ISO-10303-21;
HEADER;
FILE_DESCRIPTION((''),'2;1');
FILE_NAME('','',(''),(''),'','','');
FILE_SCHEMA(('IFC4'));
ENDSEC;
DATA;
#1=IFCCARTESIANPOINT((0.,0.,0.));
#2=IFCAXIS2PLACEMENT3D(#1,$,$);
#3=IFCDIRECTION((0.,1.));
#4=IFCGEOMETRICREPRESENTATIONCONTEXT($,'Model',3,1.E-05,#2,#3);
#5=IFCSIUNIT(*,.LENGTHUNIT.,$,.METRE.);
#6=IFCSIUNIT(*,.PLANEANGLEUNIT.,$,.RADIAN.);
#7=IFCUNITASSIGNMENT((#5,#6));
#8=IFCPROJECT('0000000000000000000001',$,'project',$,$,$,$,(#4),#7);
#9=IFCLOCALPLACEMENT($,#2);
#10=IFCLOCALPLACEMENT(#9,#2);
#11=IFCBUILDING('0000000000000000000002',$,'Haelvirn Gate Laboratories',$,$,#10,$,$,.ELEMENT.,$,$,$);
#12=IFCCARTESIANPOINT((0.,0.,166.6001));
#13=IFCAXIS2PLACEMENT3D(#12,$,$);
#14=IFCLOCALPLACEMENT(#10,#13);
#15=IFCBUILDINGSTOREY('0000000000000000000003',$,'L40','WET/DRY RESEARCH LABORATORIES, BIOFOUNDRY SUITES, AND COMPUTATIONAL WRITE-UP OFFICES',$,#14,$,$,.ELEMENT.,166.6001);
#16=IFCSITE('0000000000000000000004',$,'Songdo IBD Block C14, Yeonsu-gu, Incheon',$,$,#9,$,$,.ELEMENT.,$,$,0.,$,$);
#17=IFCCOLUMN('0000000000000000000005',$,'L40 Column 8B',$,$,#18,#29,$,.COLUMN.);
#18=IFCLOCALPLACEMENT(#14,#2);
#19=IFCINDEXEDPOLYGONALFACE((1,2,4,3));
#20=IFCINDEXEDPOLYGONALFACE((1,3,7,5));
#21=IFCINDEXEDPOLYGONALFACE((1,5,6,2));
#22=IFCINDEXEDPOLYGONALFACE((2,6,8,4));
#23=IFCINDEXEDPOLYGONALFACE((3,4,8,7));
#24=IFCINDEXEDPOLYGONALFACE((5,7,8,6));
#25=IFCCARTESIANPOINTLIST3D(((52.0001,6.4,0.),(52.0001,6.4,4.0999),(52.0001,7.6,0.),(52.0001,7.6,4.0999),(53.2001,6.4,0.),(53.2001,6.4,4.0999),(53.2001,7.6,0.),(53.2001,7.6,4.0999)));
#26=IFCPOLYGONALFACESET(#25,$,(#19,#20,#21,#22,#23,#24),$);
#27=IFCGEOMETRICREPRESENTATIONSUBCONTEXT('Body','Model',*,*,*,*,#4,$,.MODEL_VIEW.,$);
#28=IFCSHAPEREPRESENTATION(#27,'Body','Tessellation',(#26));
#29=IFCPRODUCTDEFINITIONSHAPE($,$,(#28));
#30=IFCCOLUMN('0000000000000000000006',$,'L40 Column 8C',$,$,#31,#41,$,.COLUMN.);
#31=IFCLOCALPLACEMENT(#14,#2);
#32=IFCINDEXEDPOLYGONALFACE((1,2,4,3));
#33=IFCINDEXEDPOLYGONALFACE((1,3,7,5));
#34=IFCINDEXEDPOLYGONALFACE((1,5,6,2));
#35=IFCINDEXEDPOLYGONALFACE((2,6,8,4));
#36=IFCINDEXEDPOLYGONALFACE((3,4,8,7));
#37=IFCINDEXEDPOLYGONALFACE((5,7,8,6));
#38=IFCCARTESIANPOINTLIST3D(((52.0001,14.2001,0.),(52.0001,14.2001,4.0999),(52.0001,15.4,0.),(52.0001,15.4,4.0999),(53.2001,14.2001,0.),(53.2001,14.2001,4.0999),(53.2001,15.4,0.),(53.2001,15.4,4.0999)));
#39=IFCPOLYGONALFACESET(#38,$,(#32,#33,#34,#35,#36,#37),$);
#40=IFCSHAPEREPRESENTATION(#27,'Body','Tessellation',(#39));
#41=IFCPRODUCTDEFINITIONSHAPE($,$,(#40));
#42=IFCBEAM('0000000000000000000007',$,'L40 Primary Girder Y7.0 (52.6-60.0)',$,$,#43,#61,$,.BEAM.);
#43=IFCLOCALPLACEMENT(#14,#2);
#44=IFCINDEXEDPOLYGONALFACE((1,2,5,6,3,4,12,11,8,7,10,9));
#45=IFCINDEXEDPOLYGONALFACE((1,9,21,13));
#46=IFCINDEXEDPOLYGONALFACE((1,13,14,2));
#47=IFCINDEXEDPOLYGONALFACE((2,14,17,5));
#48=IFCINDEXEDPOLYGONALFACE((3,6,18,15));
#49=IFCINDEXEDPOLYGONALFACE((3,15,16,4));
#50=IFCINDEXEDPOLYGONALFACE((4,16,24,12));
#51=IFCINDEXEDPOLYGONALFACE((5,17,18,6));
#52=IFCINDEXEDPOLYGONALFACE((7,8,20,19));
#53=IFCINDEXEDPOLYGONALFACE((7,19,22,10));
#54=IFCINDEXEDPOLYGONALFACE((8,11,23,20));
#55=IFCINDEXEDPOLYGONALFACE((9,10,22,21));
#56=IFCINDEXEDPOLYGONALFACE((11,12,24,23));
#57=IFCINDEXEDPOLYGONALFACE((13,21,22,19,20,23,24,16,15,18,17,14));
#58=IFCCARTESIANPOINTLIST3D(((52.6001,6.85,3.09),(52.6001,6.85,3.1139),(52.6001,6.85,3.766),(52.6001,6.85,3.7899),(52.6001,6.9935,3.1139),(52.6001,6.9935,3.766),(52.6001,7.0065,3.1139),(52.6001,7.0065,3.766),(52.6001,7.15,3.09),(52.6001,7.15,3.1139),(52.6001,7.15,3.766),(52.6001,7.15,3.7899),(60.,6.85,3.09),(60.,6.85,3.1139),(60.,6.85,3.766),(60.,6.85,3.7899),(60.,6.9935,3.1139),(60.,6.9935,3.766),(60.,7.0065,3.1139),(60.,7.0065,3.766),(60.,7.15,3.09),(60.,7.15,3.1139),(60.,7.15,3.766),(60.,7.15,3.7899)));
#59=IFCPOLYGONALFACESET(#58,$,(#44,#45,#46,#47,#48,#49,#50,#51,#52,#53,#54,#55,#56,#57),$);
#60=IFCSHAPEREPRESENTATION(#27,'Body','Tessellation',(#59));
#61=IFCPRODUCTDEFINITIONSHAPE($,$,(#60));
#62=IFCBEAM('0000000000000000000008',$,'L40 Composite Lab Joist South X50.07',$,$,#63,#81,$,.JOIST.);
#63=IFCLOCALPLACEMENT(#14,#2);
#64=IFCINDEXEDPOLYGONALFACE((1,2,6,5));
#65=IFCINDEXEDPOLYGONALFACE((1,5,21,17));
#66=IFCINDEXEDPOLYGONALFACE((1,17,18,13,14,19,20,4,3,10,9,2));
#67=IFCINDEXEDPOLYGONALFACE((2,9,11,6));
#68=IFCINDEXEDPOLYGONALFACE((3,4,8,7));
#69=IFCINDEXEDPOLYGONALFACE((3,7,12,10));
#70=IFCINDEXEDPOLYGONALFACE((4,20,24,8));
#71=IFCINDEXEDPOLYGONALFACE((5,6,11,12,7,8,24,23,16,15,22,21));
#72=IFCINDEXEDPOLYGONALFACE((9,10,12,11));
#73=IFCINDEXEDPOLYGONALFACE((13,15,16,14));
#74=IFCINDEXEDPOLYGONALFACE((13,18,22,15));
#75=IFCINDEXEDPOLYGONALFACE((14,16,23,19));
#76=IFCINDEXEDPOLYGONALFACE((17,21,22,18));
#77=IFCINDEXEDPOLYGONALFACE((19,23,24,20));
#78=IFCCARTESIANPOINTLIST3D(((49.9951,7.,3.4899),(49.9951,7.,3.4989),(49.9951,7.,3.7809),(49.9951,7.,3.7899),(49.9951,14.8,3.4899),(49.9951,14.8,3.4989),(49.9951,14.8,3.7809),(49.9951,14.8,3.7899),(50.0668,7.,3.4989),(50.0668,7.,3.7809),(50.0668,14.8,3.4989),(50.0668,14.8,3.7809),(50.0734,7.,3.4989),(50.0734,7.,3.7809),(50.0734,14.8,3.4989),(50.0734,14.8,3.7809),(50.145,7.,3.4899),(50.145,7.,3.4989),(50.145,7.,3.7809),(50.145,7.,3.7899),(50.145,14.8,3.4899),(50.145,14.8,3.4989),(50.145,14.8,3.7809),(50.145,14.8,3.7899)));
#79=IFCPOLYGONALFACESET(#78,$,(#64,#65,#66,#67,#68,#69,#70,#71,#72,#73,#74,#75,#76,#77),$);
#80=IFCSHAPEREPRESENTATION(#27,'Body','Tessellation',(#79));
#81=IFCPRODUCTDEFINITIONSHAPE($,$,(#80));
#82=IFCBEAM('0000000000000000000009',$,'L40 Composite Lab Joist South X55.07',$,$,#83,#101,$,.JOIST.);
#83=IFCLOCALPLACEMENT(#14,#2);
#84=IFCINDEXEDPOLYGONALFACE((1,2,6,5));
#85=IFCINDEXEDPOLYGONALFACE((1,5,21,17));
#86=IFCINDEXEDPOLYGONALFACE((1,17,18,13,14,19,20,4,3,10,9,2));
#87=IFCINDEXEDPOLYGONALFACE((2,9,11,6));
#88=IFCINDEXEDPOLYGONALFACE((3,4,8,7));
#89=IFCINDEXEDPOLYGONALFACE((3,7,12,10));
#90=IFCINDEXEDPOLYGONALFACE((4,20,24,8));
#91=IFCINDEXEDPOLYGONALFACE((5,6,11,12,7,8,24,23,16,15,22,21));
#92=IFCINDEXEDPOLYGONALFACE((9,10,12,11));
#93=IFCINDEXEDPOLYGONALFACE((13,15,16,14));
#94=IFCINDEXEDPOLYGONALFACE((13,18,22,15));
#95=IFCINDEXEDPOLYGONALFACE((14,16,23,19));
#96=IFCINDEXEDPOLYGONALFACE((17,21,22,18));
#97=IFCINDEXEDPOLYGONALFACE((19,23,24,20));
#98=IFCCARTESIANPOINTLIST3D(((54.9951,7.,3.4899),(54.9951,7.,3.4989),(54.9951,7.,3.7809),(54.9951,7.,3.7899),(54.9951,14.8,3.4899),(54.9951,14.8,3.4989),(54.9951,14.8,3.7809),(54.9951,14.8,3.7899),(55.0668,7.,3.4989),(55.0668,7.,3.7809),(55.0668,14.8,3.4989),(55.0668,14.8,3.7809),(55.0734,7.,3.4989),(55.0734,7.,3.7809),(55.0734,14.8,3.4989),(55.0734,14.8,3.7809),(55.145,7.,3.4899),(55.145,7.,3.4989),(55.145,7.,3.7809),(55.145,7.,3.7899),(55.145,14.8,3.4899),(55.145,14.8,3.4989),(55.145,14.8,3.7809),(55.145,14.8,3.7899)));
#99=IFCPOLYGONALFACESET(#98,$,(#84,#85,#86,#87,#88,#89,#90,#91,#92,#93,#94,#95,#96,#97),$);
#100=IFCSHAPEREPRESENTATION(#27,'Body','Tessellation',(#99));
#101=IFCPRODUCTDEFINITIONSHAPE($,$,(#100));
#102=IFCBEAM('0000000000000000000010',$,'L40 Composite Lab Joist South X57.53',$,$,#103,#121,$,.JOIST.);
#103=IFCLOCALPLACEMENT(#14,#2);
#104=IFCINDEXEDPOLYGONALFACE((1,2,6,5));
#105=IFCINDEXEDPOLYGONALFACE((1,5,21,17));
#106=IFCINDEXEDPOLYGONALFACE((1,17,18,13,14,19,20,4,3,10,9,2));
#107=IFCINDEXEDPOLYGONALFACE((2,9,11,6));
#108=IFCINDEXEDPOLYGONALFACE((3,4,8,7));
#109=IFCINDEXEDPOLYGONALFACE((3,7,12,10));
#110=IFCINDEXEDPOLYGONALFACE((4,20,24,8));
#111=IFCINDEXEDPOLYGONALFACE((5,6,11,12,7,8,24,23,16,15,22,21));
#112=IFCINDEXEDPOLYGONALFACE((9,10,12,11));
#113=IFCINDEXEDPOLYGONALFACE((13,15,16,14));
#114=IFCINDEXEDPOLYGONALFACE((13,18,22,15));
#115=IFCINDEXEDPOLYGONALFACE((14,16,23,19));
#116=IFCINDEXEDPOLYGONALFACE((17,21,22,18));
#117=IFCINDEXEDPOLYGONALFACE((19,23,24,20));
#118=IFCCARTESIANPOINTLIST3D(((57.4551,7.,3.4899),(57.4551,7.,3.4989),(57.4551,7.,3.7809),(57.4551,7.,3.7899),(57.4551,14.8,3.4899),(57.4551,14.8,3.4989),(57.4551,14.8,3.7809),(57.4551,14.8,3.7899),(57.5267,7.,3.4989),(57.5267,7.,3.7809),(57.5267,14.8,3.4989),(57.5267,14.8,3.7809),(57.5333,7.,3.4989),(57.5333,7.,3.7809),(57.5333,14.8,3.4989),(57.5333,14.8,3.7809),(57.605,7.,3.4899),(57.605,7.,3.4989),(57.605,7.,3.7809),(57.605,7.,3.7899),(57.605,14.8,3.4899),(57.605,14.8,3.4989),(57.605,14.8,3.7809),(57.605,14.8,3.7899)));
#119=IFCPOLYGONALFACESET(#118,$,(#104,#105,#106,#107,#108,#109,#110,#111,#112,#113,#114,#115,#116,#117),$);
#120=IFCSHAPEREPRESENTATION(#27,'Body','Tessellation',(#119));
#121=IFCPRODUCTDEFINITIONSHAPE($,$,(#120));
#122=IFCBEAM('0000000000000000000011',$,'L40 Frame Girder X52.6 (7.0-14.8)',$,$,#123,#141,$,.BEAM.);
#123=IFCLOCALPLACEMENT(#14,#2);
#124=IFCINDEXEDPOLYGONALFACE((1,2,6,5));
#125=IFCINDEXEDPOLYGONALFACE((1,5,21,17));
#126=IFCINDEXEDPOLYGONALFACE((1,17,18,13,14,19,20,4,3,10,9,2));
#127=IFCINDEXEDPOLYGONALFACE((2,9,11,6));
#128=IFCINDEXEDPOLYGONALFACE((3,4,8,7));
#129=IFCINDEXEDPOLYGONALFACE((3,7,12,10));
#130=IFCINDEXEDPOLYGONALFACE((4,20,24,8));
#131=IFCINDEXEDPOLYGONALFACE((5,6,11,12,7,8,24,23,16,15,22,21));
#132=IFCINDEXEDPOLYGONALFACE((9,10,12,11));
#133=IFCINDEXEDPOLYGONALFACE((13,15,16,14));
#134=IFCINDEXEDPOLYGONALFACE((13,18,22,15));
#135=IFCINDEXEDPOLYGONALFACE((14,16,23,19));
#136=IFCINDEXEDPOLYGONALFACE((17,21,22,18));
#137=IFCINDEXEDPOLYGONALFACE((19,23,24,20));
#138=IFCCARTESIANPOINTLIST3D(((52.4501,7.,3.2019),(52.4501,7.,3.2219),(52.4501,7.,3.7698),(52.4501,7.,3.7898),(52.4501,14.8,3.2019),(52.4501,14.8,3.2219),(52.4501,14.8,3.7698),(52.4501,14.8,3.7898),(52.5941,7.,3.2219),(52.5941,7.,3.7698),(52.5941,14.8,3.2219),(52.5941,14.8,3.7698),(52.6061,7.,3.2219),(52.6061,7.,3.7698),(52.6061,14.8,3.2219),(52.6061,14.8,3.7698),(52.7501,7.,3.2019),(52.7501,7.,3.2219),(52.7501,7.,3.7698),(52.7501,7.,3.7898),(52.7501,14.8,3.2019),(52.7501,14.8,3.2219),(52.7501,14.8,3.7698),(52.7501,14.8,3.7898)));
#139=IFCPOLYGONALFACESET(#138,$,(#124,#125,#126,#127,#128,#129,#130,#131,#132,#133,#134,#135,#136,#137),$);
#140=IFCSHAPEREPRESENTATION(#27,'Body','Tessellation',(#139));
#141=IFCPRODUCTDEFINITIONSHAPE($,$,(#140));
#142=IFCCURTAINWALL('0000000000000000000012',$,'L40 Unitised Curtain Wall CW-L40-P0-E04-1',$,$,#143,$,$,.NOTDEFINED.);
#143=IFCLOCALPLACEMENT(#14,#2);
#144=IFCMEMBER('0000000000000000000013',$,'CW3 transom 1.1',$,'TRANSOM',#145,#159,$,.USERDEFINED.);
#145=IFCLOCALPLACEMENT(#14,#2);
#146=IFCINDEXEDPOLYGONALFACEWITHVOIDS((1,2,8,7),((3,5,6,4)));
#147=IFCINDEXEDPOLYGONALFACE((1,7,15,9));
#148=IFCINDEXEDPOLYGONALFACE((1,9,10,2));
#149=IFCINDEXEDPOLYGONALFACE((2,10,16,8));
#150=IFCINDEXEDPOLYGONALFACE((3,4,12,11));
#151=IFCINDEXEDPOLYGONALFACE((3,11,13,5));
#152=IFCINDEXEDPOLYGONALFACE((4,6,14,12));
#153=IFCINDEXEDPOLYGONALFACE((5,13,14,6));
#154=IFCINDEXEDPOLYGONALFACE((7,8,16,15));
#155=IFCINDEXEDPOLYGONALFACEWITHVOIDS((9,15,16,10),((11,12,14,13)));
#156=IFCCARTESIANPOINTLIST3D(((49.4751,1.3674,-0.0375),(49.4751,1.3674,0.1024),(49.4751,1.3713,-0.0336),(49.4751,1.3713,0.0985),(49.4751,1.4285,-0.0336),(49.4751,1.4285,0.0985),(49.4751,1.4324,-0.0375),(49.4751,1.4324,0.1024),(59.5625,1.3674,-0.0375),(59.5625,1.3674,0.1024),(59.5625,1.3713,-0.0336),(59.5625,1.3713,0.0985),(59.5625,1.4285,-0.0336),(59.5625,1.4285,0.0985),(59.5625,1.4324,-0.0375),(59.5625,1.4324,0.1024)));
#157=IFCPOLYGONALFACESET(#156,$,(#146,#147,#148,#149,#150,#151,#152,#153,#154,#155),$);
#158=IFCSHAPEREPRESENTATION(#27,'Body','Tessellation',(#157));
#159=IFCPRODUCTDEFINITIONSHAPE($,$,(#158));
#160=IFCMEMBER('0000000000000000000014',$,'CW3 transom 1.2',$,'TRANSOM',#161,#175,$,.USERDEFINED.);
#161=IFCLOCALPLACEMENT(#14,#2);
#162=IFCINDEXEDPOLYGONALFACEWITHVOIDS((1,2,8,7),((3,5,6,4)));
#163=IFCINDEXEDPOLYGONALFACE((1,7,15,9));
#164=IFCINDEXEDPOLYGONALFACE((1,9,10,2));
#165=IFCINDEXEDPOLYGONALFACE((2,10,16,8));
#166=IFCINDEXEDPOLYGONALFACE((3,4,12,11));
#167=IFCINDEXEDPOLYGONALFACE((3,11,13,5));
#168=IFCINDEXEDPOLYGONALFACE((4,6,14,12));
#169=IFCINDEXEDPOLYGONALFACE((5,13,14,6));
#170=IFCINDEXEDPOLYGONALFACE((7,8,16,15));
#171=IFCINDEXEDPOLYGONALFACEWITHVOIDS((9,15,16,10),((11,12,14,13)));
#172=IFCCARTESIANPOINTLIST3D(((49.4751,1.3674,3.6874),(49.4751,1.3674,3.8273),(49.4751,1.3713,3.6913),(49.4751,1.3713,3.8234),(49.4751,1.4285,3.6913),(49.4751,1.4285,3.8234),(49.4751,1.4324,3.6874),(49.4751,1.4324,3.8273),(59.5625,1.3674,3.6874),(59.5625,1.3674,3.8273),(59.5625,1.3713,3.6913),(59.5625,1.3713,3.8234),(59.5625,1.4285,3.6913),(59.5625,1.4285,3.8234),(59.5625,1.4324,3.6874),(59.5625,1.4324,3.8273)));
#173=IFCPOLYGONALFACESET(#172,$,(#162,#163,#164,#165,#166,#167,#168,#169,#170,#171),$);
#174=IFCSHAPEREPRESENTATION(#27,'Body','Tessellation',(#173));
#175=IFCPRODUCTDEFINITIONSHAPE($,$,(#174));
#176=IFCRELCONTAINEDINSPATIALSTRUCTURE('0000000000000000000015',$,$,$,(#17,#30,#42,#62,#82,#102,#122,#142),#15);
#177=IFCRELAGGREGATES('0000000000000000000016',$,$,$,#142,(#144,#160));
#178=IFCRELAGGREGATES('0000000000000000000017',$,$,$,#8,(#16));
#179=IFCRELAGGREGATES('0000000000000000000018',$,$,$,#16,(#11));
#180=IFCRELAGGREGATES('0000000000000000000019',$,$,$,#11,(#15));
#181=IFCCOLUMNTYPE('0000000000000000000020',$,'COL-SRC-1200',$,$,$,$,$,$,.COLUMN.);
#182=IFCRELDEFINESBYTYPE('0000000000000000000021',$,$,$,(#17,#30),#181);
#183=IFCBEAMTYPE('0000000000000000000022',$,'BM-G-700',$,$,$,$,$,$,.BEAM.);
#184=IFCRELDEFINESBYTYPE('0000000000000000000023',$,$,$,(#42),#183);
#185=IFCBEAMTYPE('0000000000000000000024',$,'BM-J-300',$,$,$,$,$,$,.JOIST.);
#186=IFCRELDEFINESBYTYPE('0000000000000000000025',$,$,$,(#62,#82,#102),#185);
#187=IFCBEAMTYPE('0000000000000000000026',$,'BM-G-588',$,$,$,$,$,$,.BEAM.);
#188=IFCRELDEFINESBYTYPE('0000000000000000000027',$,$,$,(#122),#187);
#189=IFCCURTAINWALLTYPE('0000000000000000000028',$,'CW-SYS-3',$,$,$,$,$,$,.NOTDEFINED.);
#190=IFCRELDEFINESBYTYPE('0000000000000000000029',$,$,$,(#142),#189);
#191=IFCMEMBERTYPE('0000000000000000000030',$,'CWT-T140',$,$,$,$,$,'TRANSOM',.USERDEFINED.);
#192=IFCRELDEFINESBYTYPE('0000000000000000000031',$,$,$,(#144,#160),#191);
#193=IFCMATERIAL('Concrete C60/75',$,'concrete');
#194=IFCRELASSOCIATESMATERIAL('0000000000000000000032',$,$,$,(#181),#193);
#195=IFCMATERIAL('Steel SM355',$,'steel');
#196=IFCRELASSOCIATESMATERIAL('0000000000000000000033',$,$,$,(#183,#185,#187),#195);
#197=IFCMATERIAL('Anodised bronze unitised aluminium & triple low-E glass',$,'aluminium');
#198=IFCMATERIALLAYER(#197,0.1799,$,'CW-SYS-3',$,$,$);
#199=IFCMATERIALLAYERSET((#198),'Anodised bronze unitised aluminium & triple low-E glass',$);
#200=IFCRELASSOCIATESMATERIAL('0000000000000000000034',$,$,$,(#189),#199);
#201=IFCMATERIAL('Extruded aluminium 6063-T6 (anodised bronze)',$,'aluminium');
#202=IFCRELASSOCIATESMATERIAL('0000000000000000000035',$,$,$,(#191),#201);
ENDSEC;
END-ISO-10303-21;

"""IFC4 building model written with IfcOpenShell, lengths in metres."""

from ifc_helpers import new_model, si_unit, direction, frame, origin, origin_2d, place, context, subcontext, project, spatial, rectangle, hollow_rectangle, i_section, extrude, source, transform, mapped, material, layer, layer_set, material_profile, profile_set, type_object, type_shapes, element, aggregate, save


model = new_model("IFC4")

# Units and contexts
model_context = context("Model", 3, precision=1e-05, world=origin(), true_north=direction((0.0, 1.0)))
body_context = subcontext(model_context, "Body", "Model", "MODEL_VIEW")
ifc_project = project(units=[si_unit("LENGTHUNIT", "METRE"), si_unit("PLANEANGLEUNIT", "RADIAN")], contexts=[model_context])

# Site, building, storey
site_placement = place(None, origin())
site = spatial("IfcSite", under=ifc_project, at=site_placement, Name="Songdo IBD Block C14, Yeonsu-gu, Incheon", CompositionType="ELEMENT", RefElevation=0.0)
building_placement = place(site_placement, origin())
building = spatial("IfcBuilding", under=site, at=building_placement, Name="Haelvirn Gate Laboratories", CompositionType="ELEMENT")
storey_placement = place(building_placement, frame((0.0, 0.0, 166.6001)))
storey = spatial("IfcBuildingStorey", under=building, at=storey_placement, Name="L40", Description="WET/DRY RESEARCH LABORATORIES, BIOFOUNDRY SUITES, AND COMPUTATIONAL WRITE-UP OFFICES", CompositionType="ELEMENT", Elevation=166.6001)

# Columns
ifc_material_1 = material(Name="Concrete C60/75", Category="concrete")
ifc_material_profile_1 = material_profile(ifc_material_1, rectangle(XDim=1.2, YDim=1.2, at=origin_2d()), Name="SRC-1200x1200")
ifc_profile_set_1 = profile_set([ifc_material_profile_1], Name="Concrete C60/75")
column_type = type_object("IfcColumnType", Name="COL-SRC-1200", PredefinedType="COLUMN", material=ifc_profile_set_1)
shared_shape_1 = source(origin(), body_context, "Body", "SweptSolid", [
    extrude(rectangle(XDim=1.2, YDim=1.2, at=origin_2d()), origin(), (0.0, 0.0, 1.0), 4.0999),
])
type_shapes(column_type, [shared_shape_1])
for number, where, z_axis, x_axis, name in (
    (1, (52.6001, 7.0, 0.0), (0.0, 0.0, 1.0), (1.0, 0.0, 0.0), "L40 Column 8B"),
    (2, (52.6001, 14.8, 0.0), (0.0, 0.0, 1.0), (1.0, 0.0, 0.0), "L40 Column 8C"),
):
    element("IfcColumn", number, at=place(storey_placement, frame(where, z_axis=z_axis, x_axis=x_axis)), inside=storey, type_object=column_type, Name=name, PredefinedType="COLUMN", context=body_context, shape_type="MappedRepresentation", body=[
        mapped(shared_shape_1, transform((0.0, 0.0, 0.0), scale=1.0)),
    ])

# Beams
ifc_material_2 = material(Name="Steel SM355", Category="steel")
ifc_material_profile_2 = material_profile(ifc_material_2, i_section(OverallWidth=0.3, OverallDepth=0.7, WebThickness=0.0129, FlangeThickness=0.0239, at=origin_2d()), Name="H-700x300x13x24")
ifc_profile_set_2 = profile_set([ifc_material_profile_2], Name="Steel SM355")
beam_type_1 = type_object("IfcBeamType", Name="BM-G-700", PredefinedType="BEAM", material=ifc_profile_set_2)
shared_shape_2 = source(origin(), body_context, "Body", "SweptSolid", [
    extrude(i_section(OverallWidth=0.3, OverallDepth=0.7, WebThickness=0.0129, FlangeThickness=0.0239, at=origin_2d()), origin(), (0.0, 0.0, 1.0), 7.3999),
])
type_shapes(beam_type_1, [shared_shape_2])
beam_1_placement = place(storey_placement, frame((52.6001, 7.0, 3.4399), z_axis=(1.0, 0.0, 0.0), x_axis=(0.0, 1.0, 0.0)))
element("IfcBeam", 3, at=beam_1_placement, inside=storey, type_object=beam_type_1, Name="L40 Primary Girder Y7.0 (52.6-60.0)", PredefinedType="BEAM", context=body_context, shape_type="MappedRepresentation", body=[
    mapped(shared_shape_2, transform((0.0, 0.0, 0.0), scale=1.0)),
])
ifc_material_profile_3 = material_profile(ifc_material_2, i_section(OverallWidth=0.1499, OverallDepth=0.3, WebThickness=0.0066, FlangeThickness=0.009, at=origin_2d()), Name="H-300x150x6.5x9")
ifc_profile_set_3 = profile_set([ifc_material_profile_3], Name="Steel SM355")
beam_type_2 = type_object("IfcBeamType", Name="BM-J-300", PredefinedType="JOIST", material=ifc_profile_set_3)
shared_shape_3 = source(origin(), body_context, "Body", "SweptSolid", [
    extrude(i_section(OverallWidth=0.1499, OverallDepth=0.3, WebThickness=0.0066, FlangeThickness=0.009, at=origin_2d()), origin(), (0.0, 0.0, 1.0), 7.8),
])
type_shapes(beam_type_2, [shared_shape_3])
for number, where, z_axis, x_axis, name in (
    (4, (50.0701, 7.0, 3.6399), (0.0, 1.0, 0.0), (-1.0, 0.0, 0.0), "L40 Composite Lab Joist South X50.07"),
    (5, (55.0701, 7.0, 3.6399), (0.0, 1.0, 0.0), (-1.0, 0.0, 0.0), "L40 Composite Lab Joist South X55.07"),
    (6, (57.53, 7.0, 3.6399), (0.0, 1.0, 0.0), (-1.0, 0.0, 0.0), "L40 Composite Lab Joist South X57.53"),
):
    element("IfcBeam", number, at=place(storey_placement, frame(where, z_axis=z_axis, x_axis=x_axis)), inside=storey, type_object=beam_type_2, Name=name, PredefinedType="JOIST", context=body_context, shape_type="MappedRepresentation", body=[
        mapped(shared_shape_3, transform((0.0, 0.0, 0.0), scale=1.0)),
    ])
ifc_material_profile_4 = material_profile(ifc_material_2, i_section(OverallWidth=0.3, OverallDepth=0.5879, WebThickness=0.012, FlangeThickness=0.02, at=origin_2d()), Name="H-588x300x12x20")
ifc_profile_set_4 = profile_set([ifc_material_profile_4], Name="Steel SM355")
beam_type_3 = type_object("IfcBeamType", Name="BM-G-588", PredefinedType="BEAM", material=ifc_profile_set_4)
shared_shape_4 = source(origin(), body_context, "Body", "SweptSolid", [
    extrude(i_section(OverallWidth=0.3, OverallDepth=0.5879, WebThickness=0.012, FlangeThickness=0.02, at=origin_2d()), origin(), (0.0, 0.0, 1.0), 7.8),
])
type_shapes(beam_type_3, [shared_shape_4])
beam_2_placement = place(storey_placement, frame((52.6001, 7.0, 3.4958), z_axis=(0.0, 1.0, 0.0), x_axis=(-1.0, 0.0, 0.0)))
element("IfcBeam", 7, at=beam_2_placement, inside=storey, type_object=beam_type_3, Name="L40 Frame Girder X52.6 (7.0-14.8)", PredefinedType="BEAM", context=body_context, shape_type="MappedRepresentation", body=[
    mapped(shared_shape_4, transform((0.0, 0.0, 0.0), scale=1.0)),
])

# Curtain wall, members
ifc_material_3 = material(Name="Anodised bronze unitised aluminium & triple low-E glass", Category="aluminium")
ifc_layer_1 = layer(ifc_material_3, 0.1799, Name="CW-SYS-3")
ifc_layer_set_1 = layer_set([ifc_layer_1], Name="Anodised bronze unitised aluminium & triple low-E glass")
curtain_wall_type = type_object("IfcCurtainWallType", Name="CW-SYS-3", PredefinedType="NOTDEFINED", material=ifc_layer_set_1)
curtain_wall_1_placement = place(storey_placement, origin())
curtain_wall_1 = element("IfcCurtainWall", 8, at=curtain_wall_1_placement, inside=storey, type_object=curtain_wall_type, Name="L40 Unitised Curtain Wall CW-L40-P0-E04-1", PredefinedType="NOTDEFINED")
ifc_material_4 = material(Name="Extruded aluminium 6063-T6 (anodised bronze)", Category="aluminium")
ifc_material_profile_5 = material_profile(ifc_material_4, hollow_rectangle(XDim=0.0649, YDim=0.1399, WallThickness=0.0039, at=origin_2d()), Name="CWT-140x65x4")
ifc_profile_set_5 = profile_set([ifc_material_profile_5], Name="Extruded aluminium 6063-T6 (anodised bronze)")
member_type_1 = type_object("IfcMemberType", Name="CWT-T140", ElementType="TRANSOM", PredefinedType="USERDEFINED", material=ifc_profile_set_5)
shared_shape_5 = source(origin(), body_context, "Body", "SweptSolid", [
    extrude(hollow_rectangle(XDim=0.0649, YDim=0.1399, WallThickness=0.0039, at=origin_2d()), origin(), (0.0, 0.0, 1.0), 10.0874),
])
type_shapes(member_type_1, [shared_shape_5])
member_1_placement = place(storey_placement, frame((49.4751, 1.3999, 0.0325), z_axis=(1.0, 0.0, 0.0), x_axis=(0.0, 1.0, 0.0)))
member_1 = element("IfcMember", 9, at=member_1_placement, type_object=member_type_1, Name="CW3 transom 1.1", ObjectType="TRANSOM", PredefinedType="USERDEFINED", context=body_context, shape_type="MappedRepresentation", body=[
    mapped(shared_shape_5, transform((0.0, 0.0, 0.0), scale=1.0)),
])
member_2_placement = place(storey_placement, frame((49.4751, 1.3999, 3.7573), z_axis=(1.0, 0.0, 0.0), x_axis=(0.0, 1.0, 0.0)))
member_2 = element("IfcMember", 10, at=member_2_placement, type_object=member_type_1, Name="CW3 transom 1.2", ObjectType="TRANSOM", PredefinedType="USERDEFINED", context=body_context, shape_type="MappedRepresentation", body=[
    mapped(shared_shape_5, transform((0.0, 0.0, 0.0), scale=1.0)),
])

aggregate(curtain_wall_1, [member_1, member_2])

save(model, "model.ifc")
